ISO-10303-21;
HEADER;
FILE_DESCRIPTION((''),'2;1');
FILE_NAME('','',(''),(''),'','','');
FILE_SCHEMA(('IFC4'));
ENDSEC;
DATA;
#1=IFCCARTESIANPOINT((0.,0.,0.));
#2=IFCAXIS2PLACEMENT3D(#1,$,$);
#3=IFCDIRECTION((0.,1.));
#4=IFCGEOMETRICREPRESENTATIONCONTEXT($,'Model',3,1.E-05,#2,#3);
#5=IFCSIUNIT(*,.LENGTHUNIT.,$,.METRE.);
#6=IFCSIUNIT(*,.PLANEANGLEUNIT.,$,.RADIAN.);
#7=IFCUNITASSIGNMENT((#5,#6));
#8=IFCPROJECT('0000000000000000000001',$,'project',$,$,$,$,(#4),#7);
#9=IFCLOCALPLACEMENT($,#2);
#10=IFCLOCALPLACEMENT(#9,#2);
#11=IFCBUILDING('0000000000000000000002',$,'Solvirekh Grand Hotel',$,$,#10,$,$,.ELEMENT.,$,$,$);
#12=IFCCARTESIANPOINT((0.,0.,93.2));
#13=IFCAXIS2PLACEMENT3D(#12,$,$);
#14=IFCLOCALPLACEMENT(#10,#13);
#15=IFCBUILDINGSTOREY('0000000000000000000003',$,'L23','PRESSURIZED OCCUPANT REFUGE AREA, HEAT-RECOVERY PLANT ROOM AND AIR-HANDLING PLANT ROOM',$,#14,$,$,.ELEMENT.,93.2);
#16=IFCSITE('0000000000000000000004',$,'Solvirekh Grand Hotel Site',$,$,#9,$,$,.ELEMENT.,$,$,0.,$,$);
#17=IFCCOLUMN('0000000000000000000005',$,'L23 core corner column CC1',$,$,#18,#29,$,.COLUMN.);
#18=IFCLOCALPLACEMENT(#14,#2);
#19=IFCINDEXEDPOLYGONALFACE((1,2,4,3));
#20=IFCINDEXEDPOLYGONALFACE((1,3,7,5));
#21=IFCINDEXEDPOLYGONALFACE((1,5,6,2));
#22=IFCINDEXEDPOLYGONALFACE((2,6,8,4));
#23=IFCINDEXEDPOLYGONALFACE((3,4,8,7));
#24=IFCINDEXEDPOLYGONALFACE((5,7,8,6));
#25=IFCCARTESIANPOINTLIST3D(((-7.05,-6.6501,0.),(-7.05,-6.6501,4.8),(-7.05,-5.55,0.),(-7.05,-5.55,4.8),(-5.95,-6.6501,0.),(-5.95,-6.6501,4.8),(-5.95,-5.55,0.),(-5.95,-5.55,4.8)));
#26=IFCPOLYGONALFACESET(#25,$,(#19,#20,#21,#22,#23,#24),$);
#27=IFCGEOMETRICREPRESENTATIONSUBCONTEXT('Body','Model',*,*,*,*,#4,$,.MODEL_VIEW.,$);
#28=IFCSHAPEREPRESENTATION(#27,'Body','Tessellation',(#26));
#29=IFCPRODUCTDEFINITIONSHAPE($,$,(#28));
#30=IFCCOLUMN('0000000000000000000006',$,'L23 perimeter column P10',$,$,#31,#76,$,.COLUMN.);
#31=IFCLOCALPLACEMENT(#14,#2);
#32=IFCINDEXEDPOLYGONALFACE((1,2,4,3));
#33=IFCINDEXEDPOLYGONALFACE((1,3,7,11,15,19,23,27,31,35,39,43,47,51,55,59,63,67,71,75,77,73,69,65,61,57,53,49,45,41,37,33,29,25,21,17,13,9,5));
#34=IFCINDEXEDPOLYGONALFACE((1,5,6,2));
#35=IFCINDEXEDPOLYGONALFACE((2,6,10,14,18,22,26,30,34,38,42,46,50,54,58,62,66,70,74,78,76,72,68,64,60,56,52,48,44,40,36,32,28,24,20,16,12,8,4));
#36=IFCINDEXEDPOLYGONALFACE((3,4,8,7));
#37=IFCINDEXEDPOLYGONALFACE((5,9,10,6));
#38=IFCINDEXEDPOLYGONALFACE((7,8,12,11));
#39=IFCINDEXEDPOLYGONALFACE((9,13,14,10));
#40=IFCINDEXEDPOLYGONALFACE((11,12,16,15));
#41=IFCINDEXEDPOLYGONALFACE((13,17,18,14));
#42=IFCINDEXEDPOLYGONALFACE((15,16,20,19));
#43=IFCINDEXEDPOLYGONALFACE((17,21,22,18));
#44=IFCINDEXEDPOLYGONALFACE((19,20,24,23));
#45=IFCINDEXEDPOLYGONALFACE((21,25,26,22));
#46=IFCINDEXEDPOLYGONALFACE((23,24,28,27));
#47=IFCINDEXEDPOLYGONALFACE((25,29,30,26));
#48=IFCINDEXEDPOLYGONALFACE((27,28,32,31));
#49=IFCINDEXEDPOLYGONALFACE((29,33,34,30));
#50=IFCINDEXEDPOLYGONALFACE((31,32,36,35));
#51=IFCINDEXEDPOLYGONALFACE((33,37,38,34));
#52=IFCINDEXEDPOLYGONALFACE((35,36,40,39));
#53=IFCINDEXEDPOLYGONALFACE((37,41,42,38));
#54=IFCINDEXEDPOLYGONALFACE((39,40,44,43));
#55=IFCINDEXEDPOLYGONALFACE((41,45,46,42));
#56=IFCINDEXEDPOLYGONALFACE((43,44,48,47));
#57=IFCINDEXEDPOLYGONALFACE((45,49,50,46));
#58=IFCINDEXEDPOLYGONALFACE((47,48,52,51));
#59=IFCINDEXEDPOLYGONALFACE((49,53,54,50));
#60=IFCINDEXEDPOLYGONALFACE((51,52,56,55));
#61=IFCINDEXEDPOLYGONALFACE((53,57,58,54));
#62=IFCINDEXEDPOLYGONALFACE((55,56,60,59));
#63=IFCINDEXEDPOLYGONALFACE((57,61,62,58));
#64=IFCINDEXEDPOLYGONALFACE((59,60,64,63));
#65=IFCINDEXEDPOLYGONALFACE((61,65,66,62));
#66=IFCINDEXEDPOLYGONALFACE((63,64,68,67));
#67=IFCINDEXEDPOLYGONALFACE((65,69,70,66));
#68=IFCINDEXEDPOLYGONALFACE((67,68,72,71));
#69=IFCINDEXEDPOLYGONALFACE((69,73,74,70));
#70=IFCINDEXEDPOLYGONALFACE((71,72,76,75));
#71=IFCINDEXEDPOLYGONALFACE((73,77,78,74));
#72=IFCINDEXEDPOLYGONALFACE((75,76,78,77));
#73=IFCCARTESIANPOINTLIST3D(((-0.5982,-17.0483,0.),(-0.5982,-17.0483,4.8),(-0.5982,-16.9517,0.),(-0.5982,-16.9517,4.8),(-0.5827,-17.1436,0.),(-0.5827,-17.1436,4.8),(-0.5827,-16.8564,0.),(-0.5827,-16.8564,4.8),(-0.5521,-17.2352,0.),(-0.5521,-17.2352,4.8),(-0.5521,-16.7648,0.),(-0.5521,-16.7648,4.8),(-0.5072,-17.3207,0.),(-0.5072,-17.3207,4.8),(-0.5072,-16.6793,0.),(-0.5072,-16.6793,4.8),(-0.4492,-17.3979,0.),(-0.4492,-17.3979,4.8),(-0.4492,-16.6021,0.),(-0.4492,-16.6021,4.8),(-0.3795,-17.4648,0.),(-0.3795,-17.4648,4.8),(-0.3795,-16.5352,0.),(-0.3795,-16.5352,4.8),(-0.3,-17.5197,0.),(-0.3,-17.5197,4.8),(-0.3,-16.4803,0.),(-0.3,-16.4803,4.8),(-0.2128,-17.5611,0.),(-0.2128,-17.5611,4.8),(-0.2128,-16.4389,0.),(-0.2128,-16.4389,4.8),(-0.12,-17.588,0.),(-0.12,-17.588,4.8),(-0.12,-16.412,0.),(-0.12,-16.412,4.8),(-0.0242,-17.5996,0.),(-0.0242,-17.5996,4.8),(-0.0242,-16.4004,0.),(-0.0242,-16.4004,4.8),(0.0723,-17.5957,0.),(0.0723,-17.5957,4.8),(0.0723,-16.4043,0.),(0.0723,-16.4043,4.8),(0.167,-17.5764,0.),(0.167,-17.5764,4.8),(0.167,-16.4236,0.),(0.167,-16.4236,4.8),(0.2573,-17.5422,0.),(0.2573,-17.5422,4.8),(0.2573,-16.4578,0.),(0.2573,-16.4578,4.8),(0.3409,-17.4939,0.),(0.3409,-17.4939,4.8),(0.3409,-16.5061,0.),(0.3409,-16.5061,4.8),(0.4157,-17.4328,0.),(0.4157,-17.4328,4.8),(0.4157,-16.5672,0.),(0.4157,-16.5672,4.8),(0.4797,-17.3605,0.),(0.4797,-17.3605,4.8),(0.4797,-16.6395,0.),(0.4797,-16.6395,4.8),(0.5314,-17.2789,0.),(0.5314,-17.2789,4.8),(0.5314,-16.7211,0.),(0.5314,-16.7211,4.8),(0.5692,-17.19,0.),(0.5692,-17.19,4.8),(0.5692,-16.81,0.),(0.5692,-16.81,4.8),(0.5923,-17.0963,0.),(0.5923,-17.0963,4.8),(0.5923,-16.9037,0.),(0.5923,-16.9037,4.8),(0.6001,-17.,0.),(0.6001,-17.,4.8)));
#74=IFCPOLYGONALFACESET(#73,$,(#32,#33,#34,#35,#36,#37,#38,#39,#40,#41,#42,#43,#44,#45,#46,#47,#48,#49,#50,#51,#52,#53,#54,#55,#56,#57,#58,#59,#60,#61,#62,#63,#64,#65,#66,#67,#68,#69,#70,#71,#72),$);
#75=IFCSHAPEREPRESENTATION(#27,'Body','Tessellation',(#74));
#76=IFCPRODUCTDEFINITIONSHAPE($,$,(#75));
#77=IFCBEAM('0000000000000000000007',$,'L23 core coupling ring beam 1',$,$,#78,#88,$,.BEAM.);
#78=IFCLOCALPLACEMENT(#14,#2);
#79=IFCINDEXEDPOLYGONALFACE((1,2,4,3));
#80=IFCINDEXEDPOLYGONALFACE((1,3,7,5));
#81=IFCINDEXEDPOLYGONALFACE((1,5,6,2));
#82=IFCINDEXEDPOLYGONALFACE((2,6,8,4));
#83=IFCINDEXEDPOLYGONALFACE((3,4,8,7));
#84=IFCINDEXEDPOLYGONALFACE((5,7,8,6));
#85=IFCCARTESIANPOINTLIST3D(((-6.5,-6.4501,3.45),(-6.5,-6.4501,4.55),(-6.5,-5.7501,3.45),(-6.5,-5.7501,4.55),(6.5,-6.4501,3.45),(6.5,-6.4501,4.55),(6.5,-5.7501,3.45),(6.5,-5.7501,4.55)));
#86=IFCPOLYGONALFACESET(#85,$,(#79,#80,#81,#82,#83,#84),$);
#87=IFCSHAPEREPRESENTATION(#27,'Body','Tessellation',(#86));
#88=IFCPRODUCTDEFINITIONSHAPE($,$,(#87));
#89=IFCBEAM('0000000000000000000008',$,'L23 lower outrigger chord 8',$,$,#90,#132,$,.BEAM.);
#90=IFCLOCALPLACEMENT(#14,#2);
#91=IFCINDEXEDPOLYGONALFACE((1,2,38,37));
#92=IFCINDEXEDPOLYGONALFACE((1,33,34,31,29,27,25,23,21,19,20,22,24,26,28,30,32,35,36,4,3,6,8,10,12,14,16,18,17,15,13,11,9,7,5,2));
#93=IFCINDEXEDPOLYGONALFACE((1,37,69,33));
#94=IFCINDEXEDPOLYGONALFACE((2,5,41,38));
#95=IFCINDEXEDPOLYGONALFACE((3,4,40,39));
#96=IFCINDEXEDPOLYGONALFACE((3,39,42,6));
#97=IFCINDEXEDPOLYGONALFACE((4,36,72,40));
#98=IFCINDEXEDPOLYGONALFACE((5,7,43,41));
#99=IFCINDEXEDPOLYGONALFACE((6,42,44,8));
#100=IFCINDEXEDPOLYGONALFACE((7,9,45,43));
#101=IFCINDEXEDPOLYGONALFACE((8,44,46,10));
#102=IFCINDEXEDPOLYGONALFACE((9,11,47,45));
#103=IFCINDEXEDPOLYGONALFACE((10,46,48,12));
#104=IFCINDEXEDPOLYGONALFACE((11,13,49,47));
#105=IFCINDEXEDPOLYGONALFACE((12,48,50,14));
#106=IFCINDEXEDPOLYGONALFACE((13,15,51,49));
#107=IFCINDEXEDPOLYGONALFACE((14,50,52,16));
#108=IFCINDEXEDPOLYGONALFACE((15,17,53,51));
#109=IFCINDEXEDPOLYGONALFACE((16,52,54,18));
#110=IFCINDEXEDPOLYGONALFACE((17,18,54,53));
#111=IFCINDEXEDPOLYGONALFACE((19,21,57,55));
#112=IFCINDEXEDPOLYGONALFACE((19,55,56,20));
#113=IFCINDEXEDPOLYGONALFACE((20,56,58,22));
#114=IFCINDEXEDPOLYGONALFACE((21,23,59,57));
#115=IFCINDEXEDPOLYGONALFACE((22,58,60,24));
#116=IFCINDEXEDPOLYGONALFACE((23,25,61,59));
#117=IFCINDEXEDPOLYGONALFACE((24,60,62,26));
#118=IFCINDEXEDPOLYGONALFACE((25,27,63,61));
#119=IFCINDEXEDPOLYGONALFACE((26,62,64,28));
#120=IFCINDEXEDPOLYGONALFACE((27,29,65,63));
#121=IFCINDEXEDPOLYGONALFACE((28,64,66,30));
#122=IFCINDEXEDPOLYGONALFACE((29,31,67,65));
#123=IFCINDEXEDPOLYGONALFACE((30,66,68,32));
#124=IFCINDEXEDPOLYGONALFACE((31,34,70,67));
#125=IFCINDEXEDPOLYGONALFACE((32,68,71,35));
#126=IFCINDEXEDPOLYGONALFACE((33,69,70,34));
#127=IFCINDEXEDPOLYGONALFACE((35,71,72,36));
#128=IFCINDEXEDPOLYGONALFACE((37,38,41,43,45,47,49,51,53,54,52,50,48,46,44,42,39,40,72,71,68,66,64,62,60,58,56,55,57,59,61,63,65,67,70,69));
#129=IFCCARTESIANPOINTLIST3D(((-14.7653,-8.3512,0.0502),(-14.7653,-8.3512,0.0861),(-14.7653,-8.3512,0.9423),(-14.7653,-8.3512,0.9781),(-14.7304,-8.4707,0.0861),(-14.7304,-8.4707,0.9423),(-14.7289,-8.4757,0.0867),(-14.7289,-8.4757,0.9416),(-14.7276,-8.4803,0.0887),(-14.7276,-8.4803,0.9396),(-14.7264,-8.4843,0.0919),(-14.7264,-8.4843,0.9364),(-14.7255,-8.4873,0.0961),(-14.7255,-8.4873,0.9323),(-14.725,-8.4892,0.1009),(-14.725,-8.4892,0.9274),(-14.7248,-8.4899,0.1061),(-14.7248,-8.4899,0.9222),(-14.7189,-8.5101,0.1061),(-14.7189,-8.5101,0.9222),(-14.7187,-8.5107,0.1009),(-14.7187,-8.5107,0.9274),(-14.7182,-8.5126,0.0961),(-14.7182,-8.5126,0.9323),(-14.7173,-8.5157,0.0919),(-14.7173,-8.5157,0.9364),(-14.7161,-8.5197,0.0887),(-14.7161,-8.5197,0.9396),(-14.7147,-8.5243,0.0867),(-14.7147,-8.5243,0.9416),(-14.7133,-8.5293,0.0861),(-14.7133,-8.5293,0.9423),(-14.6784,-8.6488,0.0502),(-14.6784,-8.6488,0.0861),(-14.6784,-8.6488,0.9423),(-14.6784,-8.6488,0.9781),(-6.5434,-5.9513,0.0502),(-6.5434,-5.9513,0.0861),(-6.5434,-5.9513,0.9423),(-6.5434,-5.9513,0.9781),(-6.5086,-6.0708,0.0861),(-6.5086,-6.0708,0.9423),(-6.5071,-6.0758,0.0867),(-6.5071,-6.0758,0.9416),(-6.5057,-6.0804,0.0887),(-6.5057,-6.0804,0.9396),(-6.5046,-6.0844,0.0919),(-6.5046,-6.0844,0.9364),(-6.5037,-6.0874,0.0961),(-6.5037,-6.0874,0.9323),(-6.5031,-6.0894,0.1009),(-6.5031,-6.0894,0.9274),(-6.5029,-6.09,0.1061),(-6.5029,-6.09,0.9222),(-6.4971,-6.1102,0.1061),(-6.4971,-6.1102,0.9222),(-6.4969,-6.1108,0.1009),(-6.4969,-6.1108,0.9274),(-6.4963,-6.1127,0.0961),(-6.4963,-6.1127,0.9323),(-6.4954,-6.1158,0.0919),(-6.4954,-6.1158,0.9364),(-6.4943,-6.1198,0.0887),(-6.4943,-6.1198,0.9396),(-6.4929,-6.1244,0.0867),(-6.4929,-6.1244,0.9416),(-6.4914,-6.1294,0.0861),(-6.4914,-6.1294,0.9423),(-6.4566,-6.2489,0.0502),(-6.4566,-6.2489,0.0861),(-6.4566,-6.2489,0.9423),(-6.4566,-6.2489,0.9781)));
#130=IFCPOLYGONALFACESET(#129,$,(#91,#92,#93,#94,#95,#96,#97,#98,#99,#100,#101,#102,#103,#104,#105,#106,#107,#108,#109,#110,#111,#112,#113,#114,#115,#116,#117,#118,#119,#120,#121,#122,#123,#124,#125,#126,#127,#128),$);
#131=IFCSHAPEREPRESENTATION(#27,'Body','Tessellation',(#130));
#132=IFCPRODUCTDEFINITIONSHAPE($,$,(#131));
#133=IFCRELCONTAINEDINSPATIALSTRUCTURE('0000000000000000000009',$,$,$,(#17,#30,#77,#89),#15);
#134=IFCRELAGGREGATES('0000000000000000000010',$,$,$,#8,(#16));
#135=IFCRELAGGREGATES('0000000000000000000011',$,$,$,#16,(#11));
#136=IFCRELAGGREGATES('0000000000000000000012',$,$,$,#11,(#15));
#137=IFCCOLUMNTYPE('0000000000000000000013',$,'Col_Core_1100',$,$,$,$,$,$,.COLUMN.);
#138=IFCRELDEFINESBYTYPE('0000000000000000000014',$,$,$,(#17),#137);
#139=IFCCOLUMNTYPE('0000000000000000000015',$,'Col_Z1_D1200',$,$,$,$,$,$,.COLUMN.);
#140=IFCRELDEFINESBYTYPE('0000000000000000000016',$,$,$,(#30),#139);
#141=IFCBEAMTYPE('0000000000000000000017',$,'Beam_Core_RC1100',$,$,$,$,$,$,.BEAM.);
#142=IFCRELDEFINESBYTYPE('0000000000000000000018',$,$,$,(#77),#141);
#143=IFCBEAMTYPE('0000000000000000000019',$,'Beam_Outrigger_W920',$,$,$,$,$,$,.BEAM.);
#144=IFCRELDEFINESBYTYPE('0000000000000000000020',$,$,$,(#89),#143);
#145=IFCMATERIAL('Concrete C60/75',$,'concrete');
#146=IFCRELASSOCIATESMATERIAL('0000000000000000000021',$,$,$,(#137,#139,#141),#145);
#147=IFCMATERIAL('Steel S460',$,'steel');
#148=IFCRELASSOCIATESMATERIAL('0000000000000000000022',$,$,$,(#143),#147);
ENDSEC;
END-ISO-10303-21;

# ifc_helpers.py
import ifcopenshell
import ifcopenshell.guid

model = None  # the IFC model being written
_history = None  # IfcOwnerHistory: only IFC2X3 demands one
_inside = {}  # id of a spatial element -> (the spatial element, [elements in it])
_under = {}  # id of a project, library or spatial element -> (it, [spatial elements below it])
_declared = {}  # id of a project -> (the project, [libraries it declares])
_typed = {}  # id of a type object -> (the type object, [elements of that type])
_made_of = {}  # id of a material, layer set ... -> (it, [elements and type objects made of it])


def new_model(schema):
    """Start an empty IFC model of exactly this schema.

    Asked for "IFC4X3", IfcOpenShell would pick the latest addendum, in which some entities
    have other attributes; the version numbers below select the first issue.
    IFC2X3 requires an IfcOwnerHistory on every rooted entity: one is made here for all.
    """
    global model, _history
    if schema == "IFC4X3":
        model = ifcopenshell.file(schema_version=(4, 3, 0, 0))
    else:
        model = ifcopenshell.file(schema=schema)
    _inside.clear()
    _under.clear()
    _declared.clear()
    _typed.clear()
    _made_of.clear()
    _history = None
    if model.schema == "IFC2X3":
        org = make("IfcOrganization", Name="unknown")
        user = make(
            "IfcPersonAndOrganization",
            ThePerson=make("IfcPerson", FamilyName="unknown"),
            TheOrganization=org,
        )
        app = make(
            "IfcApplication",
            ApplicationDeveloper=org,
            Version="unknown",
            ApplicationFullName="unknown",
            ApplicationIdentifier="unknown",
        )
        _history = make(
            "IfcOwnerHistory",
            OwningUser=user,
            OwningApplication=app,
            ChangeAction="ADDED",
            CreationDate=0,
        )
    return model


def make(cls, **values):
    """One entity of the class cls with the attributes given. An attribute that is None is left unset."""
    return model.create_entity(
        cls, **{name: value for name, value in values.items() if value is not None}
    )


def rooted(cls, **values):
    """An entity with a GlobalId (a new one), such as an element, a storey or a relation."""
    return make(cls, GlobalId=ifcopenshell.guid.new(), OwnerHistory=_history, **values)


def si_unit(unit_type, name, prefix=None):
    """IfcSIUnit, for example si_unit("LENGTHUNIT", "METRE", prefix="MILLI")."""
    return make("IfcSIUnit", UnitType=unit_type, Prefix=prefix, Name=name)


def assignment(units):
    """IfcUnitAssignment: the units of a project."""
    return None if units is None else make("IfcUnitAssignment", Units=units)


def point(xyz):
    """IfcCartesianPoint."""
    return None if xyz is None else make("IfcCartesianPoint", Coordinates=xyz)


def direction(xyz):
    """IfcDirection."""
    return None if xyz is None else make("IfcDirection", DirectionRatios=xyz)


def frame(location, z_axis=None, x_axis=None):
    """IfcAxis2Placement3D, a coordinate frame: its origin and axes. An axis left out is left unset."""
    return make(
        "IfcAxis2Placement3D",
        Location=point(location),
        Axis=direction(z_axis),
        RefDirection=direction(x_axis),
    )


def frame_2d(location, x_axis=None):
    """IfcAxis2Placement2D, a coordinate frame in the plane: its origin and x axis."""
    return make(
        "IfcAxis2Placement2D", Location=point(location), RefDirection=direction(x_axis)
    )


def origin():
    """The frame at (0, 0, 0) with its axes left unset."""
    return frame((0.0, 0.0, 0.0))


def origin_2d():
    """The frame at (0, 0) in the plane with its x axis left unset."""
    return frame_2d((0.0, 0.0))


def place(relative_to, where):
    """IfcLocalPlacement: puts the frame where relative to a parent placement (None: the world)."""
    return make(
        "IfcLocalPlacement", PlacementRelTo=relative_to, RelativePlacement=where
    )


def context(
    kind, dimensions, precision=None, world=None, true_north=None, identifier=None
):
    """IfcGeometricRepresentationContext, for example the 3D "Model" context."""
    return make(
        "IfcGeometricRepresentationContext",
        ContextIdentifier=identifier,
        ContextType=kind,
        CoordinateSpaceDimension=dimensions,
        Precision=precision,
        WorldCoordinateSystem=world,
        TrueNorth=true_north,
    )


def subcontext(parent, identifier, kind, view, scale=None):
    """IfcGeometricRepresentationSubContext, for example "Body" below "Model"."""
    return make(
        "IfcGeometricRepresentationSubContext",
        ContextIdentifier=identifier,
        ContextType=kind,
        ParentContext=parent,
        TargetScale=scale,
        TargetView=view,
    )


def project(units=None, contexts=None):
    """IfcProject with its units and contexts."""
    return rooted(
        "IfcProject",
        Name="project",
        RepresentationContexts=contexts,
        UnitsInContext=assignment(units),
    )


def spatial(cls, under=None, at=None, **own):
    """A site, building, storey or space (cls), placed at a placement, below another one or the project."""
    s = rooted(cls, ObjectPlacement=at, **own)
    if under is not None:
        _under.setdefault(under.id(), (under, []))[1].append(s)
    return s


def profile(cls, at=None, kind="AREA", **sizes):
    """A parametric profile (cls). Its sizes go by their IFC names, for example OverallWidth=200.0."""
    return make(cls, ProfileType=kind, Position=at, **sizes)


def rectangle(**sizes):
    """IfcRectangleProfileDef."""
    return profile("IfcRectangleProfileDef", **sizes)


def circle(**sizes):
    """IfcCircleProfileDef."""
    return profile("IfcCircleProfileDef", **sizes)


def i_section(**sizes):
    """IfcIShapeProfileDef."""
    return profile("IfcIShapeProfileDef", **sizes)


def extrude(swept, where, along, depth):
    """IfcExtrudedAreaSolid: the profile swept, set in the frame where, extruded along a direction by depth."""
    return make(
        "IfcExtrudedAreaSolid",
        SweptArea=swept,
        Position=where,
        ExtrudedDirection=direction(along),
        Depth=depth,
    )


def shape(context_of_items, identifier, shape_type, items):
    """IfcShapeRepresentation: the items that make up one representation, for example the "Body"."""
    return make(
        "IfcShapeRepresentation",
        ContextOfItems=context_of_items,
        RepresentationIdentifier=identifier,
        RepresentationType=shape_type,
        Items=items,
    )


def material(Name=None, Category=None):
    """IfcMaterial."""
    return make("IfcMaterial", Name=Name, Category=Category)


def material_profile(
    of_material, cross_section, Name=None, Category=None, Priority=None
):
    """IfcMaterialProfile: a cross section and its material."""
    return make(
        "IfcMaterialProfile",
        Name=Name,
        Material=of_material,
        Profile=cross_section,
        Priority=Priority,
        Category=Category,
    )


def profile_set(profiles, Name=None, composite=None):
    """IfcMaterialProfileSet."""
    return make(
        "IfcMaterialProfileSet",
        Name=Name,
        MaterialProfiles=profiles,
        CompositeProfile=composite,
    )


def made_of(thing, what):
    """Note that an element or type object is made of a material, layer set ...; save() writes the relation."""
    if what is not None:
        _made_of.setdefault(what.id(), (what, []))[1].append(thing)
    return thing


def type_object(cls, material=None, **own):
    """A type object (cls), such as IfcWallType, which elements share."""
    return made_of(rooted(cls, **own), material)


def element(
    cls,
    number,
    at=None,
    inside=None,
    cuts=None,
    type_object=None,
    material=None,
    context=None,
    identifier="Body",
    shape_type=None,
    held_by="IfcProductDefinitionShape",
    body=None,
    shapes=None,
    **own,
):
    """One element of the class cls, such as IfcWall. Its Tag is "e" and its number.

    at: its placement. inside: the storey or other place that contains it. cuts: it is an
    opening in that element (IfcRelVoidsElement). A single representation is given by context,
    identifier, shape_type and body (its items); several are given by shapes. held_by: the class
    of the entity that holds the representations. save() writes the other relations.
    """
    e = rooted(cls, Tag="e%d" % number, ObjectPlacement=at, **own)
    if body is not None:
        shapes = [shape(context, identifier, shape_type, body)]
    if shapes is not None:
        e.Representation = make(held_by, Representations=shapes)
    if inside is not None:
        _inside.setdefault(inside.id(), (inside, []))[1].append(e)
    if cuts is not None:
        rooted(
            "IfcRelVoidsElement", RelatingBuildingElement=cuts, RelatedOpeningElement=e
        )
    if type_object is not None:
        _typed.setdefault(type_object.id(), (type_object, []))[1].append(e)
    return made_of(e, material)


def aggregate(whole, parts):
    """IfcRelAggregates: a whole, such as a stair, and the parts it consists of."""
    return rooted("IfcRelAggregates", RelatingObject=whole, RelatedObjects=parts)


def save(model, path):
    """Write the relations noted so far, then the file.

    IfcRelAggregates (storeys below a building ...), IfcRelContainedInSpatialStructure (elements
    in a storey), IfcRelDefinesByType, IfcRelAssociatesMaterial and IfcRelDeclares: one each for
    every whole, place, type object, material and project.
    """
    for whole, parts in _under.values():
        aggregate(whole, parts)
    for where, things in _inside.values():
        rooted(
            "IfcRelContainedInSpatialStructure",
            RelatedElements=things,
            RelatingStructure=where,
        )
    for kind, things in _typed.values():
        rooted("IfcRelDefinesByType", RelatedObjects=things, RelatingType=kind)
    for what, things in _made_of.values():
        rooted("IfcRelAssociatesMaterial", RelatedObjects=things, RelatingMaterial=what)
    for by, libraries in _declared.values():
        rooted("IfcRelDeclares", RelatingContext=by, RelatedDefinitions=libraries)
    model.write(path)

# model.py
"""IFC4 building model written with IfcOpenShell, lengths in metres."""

from ifc_helpers import new_model, si_unit, direction, frame, origin, origin_2d, place, context, subcontext, project, spatial, rectangle, circle, i_section, extrude, material, material_profile, profile_set, type_object, element, save


model = new_model("IFC4")

# Units and contexts
model_context = context("Model", 3, precision=1e-05, world=origin(), true_north=direction((0.0, 1.0)))
body_context = subcontext(model_context, "Body", "Model", "MODEL_VIEW")
ifc_project = project(units=[si_unit("LENGTHUNIT", "METRE"), si_unit("PLANEANGLEUNIT", "RADIAN")], contexts=[model_context])

# Site, building, storey
site_placement = place(None, origin())
site = spatial("IfcSite", under=ifc_project, at=site_placement, Name="Solvirekh Grand Hotel Site", CompositionType="ELEMENT", RefElevation=0.0)
building_placement = place(site_placement, origin())
building = spatial("IfcBuilding", under=site, at=building_placement, Name="Solvirekh Grand Hotel", CompositionType="ELEMENT")
storey_placement = place(building_placement, frame((0.0, 0.0, 93.2)))
storey = spatial("IfcBuildingStorey", under=building, at=storey_placement, Name="L23", Description="PRESSURIZED OCCUPANT REFUGE AREA, HEAT-RECOVERY PLANT ROOM AND AIR-HANDLING PLANT ROOM", CompositionType="ELEMENT", Elevation=93.2)

# Columns
ifc_material_1 = material(Name="Concrete C60/75", Category="concrete")
ifc_material_profile_1 = material_profile(ifc_material_1, rectangle(XDim=1.1001, YDim=1.1001, at=origin_2d()), Name="RC 1100X1100")
ifc_profile_set_1 = profile_set([ifc_material_profile_1], Name="Concrete C60/75")
column_type_1 = type_object("IfcColumnType", Name="Col_Core_1100", PredefinedType="COLUMN", material=ifc_profile_set_1)
column_1_placement = place(storey_placement, frame((-6.5, -6.1001, 0.0), z_axis=(0.0, 0.0, 1.0), x_axis=(1.0, 0.0, 0.0)))
element("IfcColumn", 1, at=column_1_placement, inside=storey, type_object=column_type_1, Name="L23 core corner column CC1", PredefinedType="COLUMN", context=body_context, shape_type="SweptSolid", body=[
    extrude(rectangle(XDim=1.1001, YDim=1.1001, at=origin_2d()), origin(), (0.0, 0.0, 1.0), 4.8),
])
ifc_material_profile_2 = material_profile(ifc_material_1, circle(Radius=0.6001, at=origin_2d()), Name="RC CIRC D1200")
ifc_profile_set_2 = profile_set([ifc_material_profile_2], Name="Concrete C60/75")
column_type_2 = type_object("IfcColumnType", Name="Col_Z1_D1200", PredefinedType="COLUMN", material=ifc_profile_set_2)
column_2_placement = place(storey_placement, frame((0.0, -17.0, 0.0), z_axis=(0.0, 0.0, 1.0), x_axis=(1.0, 0.0, 0.0)))
element("IfcColumn", 2, at=column_2_placement, inside=storey, type_object=column_type_2, Name="L23 perimeter column P10", PredefinedType="COLUMN", context=body_context, shape_type="SweptSolid", body=[
    extrude(circle(Radius=0.6001, at=origin_2d()), origin(), (0.0, 0.0, 1.0), 4.8),
])

# Beams
ifc_material_profile_3 = material_profile(ifc_material_1, rectangle(XDim=0.7, YDim=1.1001, at=origin_2d()), Name="RC BEAM 700X1100")
ifc_profile_set_3 = profile_set([ifc_material_profile_3], Name="Concrete C60/75")
beam_type_1 = type_object("IfcBeamType", Name="Beam_Core_RC1100", PredefinedType="BEAM", material=ifc_profile_set_3)
beam_1_placement = place(storey_placement, frame((-6.5, -6.1001, 4.0), z_axis=(1.0, 0.0, 0.0), x_axis=(0.0, 1.0, 0.0)))
element("IfcBeam", 3, at=beam_1_placement, inside=storey, type_object=beam_type_1, Name="L23 core coupling ring beam 1", PredefinedType="BEAM", context=body_context, shape_type="SweptSolid", body=[
    extrude(rectangle(XDim=0.7, YDim=1.1001, at=origin_2d()), origin(), (0.0, 0.0, 1.0), 13.0),
])
ifc_material_2 = material(Name="Steel S460", Category="steel")
ifc_material_profile_4 = material_profile(ifc_material_2, i_section(OverallWidth=0.3101, OverallDepth=0.928, WebThickness=0.021, FlangeThickness=0.0359, FilletRadius=0.02, at=origin_2d()), Name="W920X342")
ifc_profile_set_4 = profile_set([ifc_material_profile_4], Name="Steel S460")
beam_type_2 = type_object("IfcBeamType", Name="Beam_Outrigger_W920", PredefinedType="BEAM", material=ifc_profile_set_4)
beam_2_placement = place(storey_placement, frame((-6.5, -6.1001, 0.5142), z_axis=(-0.959942, -0.280198, 0.0), x_axis=(0.280198, -0.959942, 0.0)))
element("IfcBeam", 4, at=beam_2_placement, inside=storey, type_object=beam_type_2, Name="L23 lower outrigger chord 8", PredefinedType="BEAM", context=body_context, shape_type="SweptSolid", body=[
    extrude(i_section(OverallWidth=0.3101, OverallDepth=0.928, WebThickness=0.021, FlangeThickness=0.0359, FilletRadius=0.02, at=origin_2d()), origin(), (0.0, 0.0, 1.0), 8.5649),
])

save(model, "model.ifc")
